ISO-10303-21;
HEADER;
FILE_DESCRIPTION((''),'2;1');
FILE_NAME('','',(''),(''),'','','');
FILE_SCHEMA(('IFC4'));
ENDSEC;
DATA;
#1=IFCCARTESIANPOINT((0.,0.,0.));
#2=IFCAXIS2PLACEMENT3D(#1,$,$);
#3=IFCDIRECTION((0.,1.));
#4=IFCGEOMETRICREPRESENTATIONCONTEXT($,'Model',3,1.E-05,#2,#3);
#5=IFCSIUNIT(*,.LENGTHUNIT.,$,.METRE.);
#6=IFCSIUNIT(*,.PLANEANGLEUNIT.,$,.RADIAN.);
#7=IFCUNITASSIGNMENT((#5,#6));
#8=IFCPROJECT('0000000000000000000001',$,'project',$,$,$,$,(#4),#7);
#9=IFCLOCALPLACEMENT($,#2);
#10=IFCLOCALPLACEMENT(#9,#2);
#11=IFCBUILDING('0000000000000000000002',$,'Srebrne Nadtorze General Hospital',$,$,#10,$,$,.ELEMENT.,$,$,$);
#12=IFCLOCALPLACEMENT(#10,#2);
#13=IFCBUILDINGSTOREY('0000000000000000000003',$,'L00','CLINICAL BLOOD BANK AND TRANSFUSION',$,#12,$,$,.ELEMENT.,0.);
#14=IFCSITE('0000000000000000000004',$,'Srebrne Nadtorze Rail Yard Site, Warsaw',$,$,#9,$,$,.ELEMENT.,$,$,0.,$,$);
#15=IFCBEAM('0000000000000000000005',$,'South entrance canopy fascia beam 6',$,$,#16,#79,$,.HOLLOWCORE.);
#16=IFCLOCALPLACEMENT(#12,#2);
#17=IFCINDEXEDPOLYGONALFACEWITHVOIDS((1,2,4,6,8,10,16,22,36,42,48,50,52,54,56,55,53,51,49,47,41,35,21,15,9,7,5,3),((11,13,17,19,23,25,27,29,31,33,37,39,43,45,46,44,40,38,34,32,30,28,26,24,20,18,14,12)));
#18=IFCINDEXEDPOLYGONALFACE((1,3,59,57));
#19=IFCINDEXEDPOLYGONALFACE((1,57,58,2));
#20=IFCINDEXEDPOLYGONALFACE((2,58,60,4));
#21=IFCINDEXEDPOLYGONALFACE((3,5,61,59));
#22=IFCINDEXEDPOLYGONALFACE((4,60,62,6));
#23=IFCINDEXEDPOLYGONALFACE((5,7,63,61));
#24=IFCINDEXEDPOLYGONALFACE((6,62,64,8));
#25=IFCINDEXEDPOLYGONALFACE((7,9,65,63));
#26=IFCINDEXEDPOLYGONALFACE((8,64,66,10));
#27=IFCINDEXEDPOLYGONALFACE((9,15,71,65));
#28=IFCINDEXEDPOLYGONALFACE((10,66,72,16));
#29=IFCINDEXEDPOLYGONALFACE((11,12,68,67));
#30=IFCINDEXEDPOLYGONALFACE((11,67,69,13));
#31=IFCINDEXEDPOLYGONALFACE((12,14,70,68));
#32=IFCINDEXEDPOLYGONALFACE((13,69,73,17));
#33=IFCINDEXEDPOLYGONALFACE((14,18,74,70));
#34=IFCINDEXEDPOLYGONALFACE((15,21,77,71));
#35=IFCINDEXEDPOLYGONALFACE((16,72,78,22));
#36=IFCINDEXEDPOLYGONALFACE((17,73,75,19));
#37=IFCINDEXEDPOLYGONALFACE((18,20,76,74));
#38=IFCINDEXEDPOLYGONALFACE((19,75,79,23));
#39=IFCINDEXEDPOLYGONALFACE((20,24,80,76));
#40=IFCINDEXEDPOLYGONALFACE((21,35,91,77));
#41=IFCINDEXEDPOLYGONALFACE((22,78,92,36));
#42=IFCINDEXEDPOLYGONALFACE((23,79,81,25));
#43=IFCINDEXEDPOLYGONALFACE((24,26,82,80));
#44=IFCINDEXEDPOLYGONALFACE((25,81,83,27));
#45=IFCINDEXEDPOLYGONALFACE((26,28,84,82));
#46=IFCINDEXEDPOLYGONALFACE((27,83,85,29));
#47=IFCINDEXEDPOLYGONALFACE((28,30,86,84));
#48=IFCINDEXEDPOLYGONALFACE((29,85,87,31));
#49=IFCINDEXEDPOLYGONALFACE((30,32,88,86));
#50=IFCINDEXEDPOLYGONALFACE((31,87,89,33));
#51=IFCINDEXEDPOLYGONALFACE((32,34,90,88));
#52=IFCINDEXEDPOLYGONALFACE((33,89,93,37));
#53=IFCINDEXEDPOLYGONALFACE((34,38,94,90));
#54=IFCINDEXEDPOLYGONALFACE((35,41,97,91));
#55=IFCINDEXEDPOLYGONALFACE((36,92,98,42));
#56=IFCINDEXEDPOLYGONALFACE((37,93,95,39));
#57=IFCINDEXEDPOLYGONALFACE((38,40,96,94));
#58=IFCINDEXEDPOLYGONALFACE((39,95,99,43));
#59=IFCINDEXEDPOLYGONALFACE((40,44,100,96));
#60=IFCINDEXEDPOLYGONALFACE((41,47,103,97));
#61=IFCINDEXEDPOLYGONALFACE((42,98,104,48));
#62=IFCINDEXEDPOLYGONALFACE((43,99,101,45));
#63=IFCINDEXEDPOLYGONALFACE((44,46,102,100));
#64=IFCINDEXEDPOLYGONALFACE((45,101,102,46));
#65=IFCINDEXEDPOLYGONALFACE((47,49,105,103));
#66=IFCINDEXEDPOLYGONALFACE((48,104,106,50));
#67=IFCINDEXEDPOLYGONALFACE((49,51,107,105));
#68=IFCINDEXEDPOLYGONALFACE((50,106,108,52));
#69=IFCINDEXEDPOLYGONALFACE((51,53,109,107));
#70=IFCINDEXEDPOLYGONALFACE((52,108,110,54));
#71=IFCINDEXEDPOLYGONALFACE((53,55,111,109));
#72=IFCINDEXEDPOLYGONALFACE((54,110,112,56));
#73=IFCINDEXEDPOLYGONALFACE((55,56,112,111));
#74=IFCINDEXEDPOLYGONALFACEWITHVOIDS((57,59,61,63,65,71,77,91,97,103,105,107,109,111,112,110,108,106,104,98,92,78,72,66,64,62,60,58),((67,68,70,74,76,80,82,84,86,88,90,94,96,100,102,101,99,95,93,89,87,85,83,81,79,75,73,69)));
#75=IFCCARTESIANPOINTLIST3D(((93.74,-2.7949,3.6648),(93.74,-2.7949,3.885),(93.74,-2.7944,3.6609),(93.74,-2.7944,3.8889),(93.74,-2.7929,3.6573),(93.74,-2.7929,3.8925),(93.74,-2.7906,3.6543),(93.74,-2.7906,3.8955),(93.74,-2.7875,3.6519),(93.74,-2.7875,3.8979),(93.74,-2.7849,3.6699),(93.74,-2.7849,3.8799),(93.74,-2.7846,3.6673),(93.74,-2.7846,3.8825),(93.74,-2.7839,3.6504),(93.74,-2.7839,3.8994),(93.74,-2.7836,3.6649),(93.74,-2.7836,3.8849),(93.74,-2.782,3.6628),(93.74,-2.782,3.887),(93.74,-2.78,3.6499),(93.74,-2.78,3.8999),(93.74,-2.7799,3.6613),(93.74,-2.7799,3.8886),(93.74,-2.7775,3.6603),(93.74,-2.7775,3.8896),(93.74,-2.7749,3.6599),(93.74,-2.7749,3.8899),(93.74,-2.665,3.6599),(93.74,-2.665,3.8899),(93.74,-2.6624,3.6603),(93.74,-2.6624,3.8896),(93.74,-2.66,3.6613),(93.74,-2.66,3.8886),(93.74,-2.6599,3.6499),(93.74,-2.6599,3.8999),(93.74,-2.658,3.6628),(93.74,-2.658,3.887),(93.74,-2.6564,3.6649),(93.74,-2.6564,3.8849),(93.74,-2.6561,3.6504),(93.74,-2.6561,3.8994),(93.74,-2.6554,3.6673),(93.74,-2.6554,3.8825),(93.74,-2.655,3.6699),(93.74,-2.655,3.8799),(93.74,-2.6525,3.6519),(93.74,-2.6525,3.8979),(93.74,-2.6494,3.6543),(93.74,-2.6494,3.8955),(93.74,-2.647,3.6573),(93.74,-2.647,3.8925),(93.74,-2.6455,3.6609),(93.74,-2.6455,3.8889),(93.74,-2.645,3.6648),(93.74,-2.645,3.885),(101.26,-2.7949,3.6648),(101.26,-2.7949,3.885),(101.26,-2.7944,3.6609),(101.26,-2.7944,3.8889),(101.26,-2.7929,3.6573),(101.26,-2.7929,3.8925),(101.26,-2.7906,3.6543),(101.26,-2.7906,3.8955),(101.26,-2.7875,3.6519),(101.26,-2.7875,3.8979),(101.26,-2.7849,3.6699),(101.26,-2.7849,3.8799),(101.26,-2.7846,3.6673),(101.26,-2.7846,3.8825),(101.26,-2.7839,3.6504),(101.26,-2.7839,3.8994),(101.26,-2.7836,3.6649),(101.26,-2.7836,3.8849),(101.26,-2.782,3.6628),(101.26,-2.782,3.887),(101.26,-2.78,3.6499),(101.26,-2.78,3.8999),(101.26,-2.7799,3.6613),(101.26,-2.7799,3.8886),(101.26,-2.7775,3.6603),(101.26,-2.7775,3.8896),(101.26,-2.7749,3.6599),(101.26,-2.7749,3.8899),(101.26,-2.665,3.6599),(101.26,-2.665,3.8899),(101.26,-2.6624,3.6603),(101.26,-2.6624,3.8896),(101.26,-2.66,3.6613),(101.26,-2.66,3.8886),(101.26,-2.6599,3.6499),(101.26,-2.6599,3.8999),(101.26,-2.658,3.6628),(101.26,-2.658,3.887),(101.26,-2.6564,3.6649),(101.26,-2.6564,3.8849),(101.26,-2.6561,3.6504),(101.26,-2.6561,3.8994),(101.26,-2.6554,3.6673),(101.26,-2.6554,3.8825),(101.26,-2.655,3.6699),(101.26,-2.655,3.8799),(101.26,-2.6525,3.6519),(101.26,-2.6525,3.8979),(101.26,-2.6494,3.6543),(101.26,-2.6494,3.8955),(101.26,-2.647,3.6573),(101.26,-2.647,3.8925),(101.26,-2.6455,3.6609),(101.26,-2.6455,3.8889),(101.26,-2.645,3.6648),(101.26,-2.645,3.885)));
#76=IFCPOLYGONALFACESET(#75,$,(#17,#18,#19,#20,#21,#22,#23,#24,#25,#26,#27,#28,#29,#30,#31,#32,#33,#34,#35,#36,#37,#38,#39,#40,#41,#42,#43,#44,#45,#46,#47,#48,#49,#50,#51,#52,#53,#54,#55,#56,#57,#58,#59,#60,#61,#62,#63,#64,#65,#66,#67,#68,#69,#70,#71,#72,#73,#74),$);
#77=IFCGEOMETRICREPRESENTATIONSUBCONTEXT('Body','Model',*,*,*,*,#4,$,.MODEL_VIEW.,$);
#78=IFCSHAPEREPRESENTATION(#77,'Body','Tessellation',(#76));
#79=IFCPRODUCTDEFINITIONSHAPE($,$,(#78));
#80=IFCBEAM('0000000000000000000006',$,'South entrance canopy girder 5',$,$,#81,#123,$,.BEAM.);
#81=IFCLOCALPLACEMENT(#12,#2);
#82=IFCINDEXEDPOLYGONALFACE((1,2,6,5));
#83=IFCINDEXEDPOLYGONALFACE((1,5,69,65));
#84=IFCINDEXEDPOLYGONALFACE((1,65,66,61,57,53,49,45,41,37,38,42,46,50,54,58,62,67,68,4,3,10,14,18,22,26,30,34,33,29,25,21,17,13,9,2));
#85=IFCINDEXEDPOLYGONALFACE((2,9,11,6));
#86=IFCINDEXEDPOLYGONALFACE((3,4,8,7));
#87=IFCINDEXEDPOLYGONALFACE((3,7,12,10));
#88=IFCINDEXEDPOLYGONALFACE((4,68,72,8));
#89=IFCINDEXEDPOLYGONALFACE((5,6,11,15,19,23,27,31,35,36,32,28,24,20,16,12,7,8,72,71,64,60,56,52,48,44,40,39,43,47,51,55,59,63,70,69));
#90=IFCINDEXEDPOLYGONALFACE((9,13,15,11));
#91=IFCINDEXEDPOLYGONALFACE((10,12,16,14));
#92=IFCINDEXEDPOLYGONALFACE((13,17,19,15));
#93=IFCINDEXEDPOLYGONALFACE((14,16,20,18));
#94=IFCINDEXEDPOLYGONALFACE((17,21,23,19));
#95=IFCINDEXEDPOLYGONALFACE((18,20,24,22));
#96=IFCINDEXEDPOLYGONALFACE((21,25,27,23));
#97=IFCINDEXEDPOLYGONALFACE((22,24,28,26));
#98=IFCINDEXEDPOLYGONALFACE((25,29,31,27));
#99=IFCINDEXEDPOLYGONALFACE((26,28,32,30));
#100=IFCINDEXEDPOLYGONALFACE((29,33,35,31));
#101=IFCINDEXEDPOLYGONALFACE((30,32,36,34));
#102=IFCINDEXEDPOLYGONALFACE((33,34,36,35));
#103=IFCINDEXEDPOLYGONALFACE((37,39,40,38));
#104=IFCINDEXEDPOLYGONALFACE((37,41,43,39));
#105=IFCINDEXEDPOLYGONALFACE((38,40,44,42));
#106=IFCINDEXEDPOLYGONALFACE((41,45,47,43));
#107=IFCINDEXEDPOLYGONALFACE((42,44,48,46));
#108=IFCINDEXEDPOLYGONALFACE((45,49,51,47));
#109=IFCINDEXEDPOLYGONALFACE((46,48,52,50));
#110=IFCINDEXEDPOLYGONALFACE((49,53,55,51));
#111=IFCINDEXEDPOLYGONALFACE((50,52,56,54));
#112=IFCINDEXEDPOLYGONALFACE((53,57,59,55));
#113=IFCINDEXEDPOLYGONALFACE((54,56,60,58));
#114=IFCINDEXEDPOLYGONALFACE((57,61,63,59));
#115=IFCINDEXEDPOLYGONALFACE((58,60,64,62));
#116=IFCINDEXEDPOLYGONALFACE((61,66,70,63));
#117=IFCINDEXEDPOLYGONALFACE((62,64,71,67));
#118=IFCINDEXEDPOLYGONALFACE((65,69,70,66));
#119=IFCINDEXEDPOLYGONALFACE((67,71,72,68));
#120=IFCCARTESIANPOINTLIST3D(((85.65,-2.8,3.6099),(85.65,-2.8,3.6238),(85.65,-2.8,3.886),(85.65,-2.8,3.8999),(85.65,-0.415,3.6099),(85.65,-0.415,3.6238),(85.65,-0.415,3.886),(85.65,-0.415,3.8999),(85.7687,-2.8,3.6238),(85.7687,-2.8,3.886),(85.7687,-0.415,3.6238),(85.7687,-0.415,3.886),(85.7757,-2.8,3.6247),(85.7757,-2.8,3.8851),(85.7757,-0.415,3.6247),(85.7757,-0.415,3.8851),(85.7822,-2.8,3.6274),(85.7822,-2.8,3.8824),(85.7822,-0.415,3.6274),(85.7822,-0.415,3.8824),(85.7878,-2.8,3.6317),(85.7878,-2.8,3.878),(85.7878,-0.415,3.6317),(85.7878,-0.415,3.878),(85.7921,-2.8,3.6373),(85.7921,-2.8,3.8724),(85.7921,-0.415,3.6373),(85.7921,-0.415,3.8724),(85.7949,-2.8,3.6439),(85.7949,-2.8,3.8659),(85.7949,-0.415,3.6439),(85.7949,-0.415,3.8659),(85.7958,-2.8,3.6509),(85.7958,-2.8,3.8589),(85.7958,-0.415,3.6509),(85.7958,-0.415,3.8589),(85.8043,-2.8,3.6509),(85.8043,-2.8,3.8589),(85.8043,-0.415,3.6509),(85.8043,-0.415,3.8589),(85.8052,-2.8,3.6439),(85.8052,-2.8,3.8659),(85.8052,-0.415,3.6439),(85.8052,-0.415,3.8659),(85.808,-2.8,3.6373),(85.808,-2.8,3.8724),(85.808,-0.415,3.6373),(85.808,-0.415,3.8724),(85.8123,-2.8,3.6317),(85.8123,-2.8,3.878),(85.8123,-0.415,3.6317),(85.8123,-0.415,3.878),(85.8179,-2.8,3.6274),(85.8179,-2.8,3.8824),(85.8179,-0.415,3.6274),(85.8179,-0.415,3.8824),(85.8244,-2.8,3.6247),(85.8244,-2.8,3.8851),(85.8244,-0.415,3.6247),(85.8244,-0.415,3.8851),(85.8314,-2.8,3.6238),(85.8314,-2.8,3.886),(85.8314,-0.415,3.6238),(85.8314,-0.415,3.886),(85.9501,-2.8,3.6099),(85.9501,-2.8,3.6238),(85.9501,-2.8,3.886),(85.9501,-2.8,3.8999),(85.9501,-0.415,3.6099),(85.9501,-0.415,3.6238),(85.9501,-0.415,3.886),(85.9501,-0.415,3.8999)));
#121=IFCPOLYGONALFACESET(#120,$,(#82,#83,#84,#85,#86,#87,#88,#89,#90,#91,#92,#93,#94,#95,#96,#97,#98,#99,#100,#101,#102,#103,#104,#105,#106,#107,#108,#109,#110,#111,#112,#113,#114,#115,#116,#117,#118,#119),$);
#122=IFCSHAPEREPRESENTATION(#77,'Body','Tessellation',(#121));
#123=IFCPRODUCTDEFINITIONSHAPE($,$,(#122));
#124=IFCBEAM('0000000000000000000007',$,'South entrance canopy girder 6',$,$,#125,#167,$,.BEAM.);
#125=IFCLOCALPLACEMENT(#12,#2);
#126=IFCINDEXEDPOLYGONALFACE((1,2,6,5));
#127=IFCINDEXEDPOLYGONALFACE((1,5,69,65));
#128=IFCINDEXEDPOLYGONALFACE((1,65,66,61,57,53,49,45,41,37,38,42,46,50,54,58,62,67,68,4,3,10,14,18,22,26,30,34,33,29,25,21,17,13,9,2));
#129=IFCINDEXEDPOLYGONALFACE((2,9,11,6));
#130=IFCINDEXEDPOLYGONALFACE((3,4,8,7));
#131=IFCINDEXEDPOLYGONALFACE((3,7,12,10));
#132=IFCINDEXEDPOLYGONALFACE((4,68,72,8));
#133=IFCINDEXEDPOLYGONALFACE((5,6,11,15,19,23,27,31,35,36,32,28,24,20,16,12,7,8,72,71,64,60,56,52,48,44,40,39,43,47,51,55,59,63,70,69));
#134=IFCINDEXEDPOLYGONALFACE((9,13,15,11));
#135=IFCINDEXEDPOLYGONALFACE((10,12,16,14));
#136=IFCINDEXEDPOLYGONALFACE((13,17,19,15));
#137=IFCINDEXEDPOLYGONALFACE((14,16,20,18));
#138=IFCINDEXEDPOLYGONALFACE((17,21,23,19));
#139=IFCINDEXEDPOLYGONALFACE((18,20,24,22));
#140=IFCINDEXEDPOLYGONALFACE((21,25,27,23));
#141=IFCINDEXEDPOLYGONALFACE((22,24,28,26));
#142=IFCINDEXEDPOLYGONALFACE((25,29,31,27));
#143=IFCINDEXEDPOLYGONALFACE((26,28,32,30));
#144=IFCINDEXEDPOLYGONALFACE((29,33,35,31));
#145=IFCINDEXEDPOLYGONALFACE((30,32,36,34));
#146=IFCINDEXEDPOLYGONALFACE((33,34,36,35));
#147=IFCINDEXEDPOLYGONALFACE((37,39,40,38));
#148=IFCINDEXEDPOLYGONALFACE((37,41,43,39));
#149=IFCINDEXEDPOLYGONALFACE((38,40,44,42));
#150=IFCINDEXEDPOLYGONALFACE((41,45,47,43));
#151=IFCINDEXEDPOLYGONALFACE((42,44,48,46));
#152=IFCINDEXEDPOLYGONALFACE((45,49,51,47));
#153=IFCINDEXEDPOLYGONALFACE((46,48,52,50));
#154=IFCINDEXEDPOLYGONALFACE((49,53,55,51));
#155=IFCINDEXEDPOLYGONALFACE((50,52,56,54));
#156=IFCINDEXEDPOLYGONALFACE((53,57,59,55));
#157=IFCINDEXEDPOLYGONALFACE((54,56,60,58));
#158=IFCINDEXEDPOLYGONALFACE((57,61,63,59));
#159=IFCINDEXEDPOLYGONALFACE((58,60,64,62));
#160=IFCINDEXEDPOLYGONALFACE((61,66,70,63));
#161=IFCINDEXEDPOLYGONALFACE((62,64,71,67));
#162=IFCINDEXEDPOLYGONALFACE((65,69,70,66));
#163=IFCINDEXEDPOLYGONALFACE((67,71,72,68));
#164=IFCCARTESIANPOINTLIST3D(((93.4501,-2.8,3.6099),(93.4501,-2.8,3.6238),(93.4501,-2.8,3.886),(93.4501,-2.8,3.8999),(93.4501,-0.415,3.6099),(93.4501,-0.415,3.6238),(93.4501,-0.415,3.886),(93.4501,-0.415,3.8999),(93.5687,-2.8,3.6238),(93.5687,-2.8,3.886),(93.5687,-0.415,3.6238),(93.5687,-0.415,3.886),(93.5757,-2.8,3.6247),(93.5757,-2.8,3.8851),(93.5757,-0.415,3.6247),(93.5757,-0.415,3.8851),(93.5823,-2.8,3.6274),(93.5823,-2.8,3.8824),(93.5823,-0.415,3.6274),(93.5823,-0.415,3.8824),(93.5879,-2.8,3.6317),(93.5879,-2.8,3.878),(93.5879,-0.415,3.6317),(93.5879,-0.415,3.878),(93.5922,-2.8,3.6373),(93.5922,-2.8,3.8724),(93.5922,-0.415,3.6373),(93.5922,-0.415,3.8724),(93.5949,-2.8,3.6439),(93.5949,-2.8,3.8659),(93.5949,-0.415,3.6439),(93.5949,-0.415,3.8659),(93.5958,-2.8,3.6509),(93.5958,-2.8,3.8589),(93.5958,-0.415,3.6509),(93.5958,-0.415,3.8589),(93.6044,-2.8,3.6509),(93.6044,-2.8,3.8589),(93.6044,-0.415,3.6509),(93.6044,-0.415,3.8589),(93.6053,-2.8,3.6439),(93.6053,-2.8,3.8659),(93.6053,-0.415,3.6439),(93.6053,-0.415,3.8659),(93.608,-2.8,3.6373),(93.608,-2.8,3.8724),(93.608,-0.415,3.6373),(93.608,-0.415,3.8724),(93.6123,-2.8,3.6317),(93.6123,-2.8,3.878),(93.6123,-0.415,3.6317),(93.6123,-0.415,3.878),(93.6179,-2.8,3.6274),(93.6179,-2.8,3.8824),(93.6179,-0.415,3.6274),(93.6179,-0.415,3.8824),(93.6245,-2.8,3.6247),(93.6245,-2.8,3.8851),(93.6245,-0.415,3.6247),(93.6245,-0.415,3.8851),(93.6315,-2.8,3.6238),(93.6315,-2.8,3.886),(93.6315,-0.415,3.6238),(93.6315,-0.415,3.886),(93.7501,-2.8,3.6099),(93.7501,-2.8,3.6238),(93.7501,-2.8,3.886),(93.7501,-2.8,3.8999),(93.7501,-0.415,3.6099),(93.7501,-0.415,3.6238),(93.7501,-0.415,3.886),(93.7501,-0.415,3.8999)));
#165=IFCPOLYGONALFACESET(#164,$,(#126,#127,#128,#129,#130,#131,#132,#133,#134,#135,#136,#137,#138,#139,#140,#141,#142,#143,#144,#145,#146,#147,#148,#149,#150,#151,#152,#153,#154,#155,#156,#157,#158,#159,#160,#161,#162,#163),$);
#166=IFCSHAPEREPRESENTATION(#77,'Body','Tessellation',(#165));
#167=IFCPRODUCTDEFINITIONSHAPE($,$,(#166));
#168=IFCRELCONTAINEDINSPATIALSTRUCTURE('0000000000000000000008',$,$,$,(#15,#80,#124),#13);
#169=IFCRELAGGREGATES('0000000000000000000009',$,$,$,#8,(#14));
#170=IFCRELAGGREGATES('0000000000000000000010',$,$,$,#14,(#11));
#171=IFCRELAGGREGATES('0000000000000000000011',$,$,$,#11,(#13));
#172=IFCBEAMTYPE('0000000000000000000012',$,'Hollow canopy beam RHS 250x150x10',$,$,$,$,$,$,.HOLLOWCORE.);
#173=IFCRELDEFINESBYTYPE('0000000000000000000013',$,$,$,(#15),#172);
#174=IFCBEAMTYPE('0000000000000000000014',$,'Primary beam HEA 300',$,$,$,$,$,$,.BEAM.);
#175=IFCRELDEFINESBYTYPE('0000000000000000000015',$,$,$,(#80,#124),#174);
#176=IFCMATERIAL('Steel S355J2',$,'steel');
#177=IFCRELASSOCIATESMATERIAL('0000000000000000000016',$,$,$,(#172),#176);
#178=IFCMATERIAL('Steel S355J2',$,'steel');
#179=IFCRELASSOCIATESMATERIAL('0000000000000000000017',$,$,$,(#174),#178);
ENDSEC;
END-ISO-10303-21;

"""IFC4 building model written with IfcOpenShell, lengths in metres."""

from ifc_helpers import new_model, si_unit, direction, frame, origin, origin_2d, place, context, subcontext, project, spatial, hollow_rectangle, i_section, extrude, material, material_profile, profile_set, type_object, element, save


model = new_model("IFC4")

# Units and contexts
model_context = context("Model", 3, precision=1e-05, world=origin(), true_north=direction((0.0, 1.0)))
body_context = subcontext(model_context, "Body", "Model", "MODEL_VIEW")
ifc_project = project(units=[si_unit("LENGTHUNIT", "METRE"), si_unit("PLANEANGLEUNIT", "RADIAN")], contexts=[model_context])

# Site, building, storey
site_placement = place(None, origin())
site = spatial("IfcSite", under=ifc_project, at=site_placement, Name="Srebrne Nadtorze Rail Yard Site, Warsaw", CompositionType="ELEMENT", RefElevation=0.0)
building_placement = place(site_placement, origin())
building = spatial("IfcBuilding", under=site, at=building_placement, Name="Srebrne Nadtorze General Hospital", CompositionType="ELEMENT")
storey_placement = place(building_placement, origin())
storey = spatial("IfcBuildingStorey", under=building, at=storey_placement, Name="L00", Description="CLINICAL BLOOD BANK AND TRANSFUSION", CompositionType="ELEMENT", Elevation=0.0)

# Beams
ifc_material_1 = material(Name="Steel S355J2", Category="steel")
ifc_material_profile_1 = material_profile(ifc_material_1, hollow_rectangle(XDim=0.1499, YDim=0.25, WallThickness=0.01, InnerFilletRadius=0.01, OuterFilletRadius=0.0149, at=origin_2d()), Name="RHS-250x150x10")
ifc_profile_set_1 = profile_set([ifc_material_profile_1], Name="Steel S355J2")
beam_type_1 = type_object("IfcBeamType", Name="Hollow canopy beam RHS 250x150x10", PredefinedType="HOLLOWCORE", material=ifc_profile_set_1)
for number, where, z_axis, x_axis, name in (
    (1, (93.74, -2.72, 3.7749), (1.0, 0.0, 0.0), (0.0, 1.0, 0.0), "South entrance canopy fascia beam 6"),
):
    element("IfcBeam", number, at=place(storey_placement, frame(where, z_axis=z_axis, x_axis=x_axis)), inside=storey, type_object=beam_type_1, Name=name, PredefinedType="HOLLOWCORE", context=body_context, shape_type="SweptSolid", body=[
        extrude(hollow_rectangle(XDim=0.1499, YDim=0.25, WallThickness=0.01, InnerFilletRadius=0.01, OuterFilletRadius=0.0149, at=origin_2d()), origin(), (0.0, 0.0, 1.0), 7.52),
    ])
ifc_material_2 = material(Name="Steel S355J2", Category="steel")
ifc_material_profile_2 = material_profile(ifc_material_2, i_section(OverallWidth=0.3, OverallDepth=0.29, WebThickness=0.0085, FlangeThickness=0.0139, FilletRadius=0.0271, at=origin_2d()), Name="HEA-300")
ifc_profile_set_2 = profile_set([ifc_material_profile_2], Name="Steel S355J2")
beam_type_2 = type_object("IfcBeamType", Name="Primary beam HEA 300", PredefinedType="BEAM", material=ifc_profile_set_2)
for number, where, z_axis, x_axis, name in (
    (2, (85.8, -0.415, 3.7549), (0.0, -1.0, 0.0), (1.0, 0.0, 0.0), "South entrance canopy girder 5"),
    (3, (93.6001, -0.415, 3.7549), (0.0, -1.0, 0.0), (1.0, 0.0, 0.0), "South entrance canopy girder 6"),
):
    element("IfcBeam", number, at=place(storey_placement, frame(where, z_axis=z_axis, x_axis=x_axis)), inside=storey, type_object=beam_type_2, Name=name, PredefinedType="BEAM", context=body_context, shape_type="SweptSolid", body=[
        extrude(i_section(OverallWidth=0.3, OverallDepth=0.29, WebThickness=0.0085, FlangeThickness=0.0139, FilletRadius=0.0271, at=origin_2d()), origin(), (0.0, 0.0, 1.0), 2.385),
    ])

save(model, "model.ifc")
